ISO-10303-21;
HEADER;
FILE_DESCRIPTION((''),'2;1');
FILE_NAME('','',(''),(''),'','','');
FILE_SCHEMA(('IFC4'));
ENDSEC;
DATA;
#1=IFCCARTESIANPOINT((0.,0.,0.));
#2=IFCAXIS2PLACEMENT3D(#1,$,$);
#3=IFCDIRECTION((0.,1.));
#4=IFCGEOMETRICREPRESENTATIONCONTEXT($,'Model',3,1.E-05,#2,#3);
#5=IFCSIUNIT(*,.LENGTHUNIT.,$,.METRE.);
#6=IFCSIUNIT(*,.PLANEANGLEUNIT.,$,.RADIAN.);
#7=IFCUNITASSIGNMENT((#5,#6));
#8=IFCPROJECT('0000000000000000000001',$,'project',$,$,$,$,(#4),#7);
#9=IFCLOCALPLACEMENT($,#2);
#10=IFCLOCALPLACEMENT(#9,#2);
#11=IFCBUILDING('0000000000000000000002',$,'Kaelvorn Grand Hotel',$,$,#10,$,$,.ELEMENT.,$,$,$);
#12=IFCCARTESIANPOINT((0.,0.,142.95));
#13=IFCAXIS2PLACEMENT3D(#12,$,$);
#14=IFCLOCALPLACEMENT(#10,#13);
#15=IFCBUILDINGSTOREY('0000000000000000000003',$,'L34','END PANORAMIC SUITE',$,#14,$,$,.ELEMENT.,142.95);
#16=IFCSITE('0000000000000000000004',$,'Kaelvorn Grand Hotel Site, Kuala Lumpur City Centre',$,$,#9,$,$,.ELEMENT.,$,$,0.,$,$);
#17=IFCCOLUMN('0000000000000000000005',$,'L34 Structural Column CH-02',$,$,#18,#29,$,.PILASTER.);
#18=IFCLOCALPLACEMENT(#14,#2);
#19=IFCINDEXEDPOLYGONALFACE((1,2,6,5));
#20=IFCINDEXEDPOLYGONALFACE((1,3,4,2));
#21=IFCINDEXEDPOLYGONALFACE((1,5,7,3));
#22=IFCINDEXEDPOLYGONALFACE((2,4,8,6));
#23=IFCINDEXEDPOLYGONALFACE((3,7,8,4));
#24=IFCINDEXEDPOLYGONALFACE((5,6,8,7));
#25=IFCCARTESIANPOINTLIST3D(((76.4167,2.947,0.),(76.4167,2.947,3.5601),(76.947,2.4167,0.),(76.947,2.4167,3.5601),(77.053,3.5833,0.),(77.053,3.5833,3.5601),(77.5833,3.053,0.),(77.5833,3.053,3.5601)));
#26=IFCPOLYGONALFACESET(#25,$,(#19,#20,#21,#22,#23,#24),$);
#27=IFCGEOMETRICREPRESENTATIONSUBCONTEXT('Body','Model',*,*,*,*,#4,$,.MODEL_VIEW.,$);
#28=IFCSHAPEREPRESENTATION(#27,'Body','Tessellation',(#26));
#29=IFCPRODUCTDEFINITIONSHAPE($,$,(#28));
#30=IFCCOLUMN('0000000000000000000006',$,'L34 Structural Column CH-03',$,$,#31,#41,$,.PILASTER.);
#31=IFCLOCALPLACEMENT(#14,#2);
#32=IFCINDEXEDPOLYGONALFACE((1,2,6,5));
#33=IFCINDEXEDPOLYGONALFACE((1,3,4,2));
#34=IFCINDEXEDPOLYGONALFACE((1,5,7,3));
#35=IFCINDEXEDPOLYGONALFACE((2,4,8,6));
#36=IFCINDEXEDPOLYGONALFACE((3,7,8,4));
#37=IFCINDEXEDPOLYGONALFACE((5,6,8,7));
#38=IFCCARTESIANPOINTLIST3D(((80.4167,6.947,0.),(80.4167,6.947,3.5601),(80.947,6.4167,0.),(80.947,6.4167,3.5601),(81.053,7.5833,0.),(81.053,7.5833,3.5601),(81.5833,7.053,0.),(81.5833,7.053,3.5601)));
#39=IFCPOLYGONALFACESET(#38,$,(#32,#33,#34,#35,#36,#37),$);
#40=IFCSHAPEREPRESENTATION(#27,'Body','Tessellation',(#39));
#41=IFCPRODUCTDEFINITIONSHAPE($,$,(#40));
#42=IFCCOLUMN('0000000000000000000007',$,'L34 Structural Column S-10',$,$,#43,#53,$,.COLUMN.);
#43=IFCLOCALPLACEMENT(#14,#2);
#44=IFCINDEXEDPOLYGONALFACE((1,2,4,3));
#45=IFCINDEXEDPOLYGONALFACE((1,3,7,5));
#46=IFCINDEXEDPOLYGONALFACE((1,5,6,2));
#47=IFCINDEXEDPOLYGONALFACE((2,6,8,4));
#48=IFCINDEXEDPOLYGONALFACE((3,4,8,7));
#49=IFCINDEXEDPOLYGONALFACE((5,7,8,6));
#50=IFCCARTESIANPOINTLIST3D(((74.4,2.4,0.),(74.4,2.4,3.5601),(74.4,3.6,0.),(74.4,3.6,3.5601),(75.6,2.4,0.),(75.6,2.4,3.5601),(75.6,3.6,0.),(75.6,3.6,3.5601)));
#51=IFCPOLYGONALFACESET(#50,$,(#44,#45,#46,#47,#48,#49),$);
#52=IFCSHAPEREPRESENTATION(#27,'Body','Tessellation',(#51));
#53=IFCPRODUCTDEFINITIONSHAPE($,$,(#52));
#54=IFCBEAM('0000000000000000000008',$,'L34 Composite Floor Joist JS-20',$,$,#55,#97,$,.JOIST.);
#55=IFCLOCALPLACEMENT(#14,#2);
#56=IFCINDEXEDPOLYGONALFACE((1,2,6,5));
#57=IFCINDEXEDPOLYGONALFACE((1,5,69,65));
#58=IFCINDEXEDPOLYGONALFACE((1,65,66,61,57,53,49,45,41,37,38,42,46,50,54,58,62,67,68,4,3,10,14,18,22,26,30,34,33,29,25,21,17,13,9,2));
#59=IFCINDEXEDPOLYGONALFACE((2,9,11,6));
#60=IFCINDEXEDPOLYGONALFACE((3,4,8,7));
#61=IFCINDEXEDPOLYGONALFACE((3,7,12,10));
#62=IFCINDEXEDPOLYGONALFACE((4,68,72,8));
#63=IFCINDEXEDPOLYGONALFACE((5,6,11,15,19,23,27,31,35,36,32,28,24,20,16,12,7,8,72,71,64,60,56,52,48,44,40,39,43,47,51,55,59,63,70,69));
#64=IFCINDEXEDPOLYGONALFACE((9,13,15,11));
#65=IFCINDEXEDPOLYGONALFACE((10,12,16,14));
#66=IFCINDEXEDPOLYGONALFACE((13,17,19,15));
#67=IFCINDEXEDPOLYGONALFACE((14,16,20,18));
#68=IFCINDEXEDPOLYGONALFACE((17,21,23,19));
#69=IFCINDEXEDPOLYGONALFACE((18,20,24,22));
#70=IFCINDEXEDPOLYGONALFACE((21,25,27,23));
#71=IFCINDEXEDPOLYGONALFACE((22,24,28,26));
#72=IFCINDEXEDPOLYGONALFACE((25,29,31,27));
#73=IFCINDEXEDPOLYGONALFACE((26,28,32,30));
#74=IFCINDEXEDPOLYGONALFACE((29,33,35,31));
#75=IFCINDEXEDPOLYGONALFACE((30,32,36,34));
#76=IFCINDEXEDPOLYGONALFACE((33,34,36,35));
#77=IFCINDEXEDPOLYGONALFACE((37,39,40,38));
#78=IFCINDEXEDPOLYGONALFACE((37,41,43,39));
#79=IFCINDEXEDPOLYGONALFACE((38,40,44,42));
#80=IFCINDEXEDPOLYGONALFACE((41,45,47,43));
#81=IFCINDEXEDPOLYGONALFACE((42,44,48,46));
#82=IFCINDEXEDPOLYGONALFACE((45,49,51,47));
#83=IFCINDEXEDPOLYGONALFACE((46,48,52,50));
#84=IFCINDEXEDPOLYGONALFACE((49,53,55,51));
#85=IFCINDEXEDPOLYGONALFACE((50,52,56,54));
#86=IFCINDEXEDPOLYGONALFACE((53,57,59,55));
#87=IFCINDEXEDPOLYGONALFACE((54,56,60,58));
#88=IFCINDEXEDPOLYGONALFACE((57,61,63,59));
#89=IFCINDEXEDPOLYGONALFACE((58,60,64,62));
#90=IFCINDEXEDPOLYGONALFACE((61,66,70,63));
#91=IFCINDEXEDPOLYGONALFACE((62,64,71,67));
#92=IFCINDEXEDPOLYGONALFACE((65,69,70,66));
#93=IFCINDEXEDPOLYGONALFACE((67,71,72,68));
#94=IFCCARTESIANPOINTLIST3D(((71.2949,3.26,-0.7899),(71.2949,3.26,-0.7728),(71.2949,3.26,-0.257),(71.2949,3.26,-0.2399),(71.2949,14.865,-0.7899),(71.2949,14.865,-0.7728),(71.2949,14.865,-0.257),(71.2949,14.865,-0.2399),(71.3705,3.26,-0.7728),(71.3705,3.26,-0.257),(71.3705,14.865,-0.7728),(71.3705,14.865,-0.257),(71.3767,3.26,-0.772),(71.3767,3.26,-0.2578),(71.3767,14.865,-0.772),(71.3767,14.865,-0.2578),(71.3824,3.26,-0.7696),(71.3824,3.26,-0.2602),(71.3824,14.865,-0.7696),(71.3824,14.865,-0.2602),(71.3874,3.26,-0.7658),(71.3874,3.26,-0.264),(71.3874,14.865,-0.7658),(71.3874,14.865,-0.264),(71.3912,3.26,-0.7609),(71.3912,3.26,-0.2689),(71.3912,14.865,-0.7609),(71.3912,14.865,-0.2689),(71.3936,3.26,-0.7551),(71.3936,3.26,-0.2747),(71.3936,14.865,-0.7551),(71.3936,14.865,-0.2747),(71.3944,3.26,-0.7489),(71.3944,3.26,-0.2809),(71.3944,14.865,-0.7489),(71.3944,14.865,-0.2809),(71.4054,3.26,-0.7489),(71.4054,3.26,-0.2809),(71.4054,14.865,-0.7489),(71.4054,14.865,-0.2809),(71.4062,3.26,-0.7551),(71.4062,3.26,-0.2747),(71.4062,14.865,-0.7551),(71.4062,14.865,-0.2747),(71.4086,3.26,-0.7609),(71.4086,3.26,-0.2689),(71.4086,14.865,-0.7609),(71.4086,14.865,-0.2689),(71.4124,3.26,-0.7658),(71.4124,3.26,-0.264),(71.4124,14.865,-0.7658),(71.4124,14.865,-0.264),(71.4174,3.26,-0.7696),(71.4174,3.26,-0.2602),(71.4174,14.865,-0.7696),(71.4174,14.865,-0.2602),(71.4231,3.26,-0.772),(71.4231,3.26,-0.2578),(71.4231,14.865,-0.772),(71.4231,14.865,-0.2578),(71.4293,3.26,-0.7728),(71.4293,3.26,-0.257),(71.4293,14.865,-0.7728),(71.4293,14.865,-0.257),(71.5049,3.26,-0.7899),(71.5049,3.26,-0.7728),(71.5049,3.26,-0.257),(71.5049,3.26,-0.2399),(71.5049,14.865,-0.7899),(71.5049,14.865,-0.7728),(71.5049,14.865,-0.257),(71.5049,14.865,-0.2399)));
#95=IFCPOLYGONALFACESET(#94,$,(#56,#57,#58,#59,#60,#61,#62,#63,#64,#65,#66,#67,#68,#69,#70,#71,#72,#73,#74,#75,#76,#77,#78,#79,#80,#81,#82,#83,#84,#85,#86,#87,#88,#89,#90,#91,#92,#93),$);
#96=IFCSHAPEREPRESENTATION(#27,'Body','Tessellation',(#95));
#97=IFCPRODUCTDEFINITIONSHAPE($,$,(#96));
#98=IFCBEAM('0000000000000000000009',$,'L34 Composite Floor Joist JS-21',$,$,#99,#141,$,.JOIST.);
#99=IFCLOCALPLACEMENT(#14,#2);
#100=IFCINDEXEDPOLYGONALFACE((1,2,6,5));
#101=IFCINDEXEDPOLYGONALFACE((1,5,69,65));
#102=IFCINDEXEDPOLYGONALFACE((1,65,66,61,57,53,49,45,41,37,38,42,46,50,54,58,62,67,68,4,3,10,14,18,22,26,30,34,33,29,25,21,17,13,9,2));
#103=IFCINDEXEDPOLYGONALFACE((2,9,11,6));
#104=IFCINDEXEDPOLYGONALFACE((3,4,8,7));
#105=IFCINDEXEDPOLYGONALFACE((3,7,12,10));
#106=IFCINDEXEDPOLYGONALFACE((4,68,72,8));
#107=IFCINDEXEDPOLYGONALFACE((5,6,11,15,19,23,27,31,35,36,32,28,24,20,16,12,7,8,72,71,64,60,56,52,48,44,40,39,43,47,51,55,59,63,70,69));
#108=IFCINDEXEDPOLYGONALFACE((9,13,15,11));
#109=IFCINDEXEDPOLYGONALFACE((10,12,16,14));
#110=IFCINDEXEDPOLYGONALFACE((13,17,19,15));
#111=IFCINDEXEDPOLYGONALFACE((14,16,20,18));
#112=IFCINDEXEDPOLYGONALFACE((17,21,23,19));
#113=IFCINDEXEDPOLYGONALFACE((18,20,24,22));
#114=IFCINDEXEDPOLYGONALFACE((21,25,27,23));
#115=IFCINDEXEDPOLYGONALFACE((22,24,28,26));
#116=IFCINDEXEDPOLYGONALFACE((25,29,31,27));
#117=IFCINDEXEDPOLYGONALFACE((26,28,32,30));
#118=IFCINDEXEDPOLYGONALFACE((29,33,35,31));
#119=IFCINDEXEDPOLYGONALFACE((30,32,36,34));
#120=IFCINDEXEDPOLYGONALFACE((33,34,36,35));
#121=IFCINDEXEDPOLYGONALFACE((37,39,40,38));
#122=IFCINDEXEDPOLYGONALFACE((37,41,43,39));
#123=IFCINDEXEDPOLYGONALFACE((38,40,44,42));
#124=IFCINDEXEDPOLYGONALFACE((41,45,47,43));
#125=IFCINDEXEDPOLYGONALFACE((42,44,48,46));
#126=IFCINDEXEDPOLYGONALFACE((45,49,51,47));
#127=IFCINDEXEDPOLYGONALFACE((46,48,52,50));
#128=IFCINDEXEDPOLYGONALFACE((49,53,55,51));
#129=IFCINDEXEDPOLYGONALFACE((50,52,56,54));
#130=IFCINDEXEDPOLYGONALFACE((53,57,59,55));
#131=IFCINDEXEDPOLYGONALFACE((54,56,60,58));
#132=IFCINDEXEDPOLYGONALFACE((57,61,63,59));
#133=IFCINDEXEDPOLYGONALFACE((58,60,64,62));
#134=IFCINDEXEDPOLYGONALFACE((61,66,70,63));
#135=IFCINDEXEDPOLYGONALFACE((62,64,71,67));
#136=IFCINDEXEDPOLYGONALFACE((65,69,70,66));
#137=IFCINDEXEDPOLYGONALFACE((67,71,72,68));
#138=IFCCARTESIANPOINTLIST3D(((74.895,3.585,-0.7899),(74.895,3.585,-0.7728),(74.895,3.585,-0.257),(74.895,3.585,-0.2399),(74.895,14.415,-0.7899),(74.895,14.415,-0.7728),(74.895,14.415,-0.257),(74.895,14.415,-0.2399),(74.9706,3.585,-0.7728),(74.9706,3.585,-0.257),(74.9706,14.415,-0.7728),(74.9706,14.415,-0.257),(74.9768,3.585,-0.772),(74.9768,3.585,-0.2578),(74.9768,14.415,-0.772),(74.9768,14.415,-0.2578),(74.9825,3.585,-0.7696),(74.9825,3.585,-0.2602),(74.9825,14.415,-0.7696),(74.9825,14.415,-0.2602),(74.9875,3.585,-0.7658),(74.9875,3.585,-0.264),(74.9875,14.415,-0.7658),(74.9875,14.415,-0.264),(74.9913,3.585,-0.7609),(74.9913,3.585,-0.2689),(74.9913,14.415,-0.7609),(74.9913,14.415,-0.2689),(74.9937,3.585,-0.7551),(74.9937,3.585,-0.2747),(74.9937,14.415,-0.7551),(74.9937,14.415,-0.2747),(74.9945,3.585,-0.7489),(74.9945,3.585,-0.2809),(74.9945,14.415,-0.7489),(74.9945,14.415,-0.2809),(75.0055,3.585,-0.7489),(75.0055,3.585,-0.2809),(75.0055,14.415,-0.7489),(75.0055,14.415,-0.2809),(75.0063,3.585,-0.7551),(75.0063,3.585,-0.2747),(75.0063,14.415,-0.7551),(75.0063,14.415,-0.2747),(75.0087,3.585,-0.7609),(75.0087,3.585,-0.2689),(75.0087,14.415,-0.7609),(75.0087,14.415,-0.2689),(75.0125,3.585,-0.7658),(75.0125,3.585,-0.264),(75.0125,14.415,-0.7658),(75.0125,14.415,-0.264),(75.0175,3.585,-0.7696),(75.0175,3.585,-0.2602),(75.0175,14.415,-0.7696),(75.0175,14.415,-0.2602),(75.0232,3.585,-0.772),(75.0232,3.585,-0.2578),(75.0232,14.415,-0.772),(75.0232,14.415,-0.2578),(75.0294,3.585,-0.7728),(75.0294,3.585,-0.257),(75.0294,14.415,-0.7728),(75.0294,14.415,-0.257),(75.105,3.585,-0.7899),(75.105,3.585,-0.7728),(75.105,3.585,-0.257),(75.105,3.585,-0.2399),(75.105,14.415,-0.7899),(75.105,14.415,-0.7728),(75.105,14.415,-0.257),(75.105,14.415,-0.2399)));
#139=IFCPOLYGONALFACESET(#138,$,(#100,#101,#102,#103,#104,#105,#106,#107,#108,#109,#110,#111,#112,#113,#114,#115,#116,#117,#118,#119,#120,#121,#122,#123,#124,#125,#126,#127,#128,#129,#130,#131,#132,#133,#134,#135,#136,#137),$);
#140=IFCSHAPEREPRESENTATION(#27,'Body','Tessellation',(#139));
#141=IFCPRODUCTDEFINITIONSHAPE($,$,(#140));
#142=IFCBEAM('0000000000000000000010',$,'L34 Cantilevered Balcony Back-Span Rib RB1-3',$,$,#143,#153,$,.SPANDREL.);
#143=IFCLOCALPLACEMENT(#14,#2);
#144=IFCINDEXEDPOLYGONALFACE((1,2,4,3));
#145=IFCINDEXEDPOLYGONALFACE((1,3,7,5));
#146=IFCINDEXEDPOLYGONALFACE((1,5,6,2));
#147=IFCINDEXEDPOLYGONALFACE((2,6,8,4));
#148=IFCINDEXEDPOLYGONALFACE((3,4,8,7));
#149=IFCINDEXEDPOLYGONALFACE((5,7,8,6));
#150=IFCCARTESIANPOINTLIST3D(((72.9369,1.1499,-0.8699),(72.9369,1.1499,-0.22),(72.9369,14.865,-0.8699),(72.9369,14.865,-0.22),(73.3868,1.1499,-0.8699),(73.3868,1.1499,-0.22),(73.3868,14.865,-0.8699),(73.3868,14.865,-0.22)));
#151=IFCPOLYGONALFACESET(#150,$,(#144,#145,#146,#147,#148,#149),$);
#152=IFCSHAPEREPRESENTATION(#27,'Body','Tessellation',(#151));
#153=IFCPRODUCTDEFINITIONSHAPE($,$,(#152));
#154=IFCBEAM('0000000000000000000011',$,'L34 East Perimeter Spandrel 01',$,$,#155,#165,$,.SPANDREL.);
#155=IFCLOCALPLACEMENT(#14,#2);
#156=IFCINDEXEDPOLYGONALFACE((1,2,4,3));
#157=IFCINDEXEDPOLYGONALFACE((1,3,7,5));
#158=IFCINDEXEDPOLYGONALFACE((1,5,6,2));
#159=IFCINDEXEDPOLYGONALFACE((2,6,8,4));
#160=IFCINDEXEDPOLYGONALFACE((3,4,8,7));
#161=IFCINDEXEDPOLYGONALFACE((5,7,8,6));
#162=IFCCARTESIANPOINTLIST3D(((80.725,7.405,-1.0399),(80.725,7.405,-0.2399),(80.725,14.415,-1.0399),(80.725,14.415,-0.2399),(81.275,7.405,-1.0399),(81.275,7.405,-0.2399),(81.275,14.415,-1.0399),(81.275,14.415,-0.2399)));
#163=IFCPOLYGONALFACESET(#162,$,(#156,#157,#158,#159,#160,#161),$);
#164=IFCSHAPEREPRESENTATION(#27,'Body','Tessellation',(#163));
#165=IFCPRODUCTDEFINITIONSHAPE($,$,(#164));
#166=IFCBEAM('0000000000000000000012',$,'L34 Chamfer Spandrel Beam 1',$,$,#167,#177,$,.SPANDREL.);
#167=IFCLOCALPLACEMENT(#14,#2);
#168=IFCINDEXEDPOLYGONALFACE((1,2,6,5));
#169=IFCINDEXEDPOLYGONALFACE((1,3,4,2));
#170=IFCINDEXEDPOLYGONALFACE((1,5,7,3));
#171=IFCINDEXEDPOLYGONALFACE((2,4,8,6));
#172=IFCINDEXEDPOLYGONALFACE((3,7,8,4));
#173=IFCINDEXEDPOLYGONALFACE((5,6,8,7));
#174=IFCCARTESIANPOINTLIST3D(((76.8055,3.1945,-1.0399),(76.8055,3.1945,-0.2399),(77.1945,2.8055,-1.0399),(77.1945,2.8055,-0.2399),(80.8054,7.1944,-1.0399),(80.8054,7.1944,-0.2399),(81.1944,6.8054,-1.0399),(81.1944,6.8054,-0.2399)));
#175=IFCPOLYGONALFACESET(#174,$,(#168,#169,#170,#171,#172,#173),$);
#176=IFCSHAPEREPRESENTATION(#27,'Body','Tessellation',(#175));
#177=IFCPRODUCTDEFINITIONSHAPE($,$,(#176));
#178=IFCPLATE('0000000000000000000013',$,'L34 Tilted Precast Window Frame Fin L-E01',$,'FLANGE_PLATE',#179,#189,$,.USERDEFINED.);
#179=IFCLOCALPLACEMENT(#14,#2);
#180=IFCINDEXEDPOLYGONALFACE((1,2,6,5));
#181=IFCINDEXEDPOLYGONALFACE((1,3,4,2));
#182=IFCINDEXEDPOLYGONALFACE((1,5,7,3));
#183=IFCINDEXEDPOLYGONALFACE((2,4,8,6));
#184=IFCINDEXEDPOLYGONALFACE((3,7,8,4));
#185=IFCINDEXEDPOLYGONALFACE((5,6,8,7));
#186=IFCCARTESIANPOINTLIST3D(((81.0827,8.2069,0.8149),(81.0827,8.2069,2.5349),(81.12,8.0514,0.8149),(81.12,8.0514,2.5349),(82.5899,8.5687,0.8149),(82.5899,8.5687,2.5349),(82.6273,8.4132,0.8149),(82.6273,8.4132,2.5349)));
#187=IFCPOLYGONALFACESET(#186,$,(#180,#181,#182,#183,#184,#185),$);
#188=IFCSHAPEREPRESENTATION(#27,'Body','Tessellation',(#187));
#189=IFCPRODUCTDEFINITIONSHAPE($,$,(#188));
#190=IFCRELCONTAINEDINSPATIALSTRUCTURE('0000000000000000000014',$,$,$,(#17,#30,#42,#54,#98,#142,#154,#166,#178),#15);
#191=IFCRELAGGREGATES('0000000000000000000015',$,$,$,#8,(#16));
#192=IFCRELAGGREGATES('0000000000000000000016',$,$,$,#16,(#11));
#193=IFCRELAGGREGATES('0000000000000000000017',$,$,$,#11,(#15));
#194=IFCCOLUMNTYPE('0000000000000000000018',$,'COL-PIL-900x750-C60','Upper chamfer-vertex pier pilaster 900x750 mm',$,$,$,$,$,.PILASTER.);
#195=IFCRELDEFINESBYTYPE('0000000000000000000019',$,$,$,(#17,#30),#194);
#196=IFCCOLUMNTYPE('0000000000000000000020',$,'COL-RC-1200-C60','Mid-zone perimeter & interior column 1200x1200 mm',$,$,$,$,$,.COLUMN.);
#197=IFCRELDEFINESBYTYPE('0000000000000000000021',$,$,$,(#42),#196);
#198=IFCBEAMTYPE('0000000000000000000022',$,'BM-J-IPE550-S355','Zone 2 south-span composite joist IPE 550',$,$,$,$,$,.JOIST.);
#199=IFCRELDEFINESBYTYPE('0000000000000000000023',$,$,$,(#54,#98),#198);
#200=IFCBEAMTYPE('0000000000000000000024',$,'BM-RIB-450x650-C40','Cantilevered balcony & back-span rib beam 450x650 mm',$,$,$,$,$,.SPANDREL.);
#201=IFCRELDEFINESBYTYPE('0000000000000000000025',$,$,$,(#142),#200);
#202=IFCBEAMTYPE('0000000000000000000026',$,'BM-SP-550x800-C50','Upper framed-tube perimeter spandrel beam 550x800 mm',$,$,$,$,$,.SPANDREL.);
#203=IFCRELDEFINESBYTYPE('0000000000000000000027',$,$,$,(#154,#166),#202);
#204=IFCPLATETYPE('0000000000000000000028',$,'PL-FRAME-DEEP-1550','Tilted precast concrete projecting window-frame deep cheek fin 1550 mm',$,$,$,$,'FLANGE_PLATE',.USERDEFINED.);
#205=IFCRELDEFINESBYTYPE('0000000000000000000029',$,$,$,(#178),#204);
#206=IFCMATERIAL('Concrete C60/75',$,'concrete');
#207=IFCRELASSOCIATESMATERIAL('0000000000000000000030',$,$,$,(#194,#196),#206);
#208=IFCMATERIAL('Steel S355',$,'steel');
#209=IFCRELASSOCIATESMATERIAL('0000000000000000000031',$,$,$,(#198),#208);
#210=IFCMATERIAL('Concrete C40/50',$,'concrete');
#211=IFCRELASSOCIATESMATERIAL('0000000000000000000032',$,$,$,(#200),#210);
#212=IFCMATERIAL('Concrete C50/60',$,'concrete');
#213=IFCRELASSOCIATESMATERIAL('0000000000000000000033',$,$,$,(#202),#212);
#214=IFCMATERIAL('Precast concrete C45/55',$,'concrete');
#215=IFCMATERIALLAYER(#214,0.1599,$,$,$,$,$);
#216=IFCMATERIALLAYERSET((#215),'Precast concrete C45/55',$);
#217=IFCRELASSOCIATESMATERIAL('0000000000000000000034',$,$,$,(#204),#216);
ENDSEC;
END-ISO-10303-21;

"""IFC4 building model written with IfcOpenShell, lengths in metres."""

from ifc_helpers import new_model, si_unit, direction, frame, origin, origin_2d, place, context, subcontext, project, spatial, rectangle, i_section, extrude, material, layer, layer_set, material_profile, profile_set, type_object, element, save


model = new_model("IFC4")

# Units and contexts
model_context = context("Model", 3, precision=1e-05, world=origin(), true_north=direction((0.0, 1.0)))
body_context = subcontext(model_context, "Body", "Model", "MODEL_VIEW")
ifc_project = project(units=[si_unit("LENGTHUNIT", "METRE"), si_unit("PLANEANGLEUNIT", "RADIAN")], contexts=[model_context])

# Site, building, storey
site_placement = place(None, origin())
site = spatial("IfcSite", under=ifc_project, at=site_placement, Name="Kaelvorn Grand Hotel Site, Kuala Lumpur City Centre", CompositionType="ELEMENT", RefElevation=0.0)
building_placement = place(site_placement, origin())
building = spatial("IfcBuilding", under=site, at=building_placement, Name="Kaelvorn Grand Hotel", CompositionType="ELEMENT")
storey_placement = place(building_placement, frame((0.0, 0.0, 142.95)))
storey = spatial("IfcBuildingStorey", under=building, at=storey_placement, Name="L34", Description="END PANORAMIC SUITE", CompositionType="ELEMENT", Elevation=142.95)

# Columns
ifc_material_1 = material(Name="Concrete C60/75", Category="concrete")
ifc_material_profile_1 = material_profile(ifc_material_1, rectangle(XDim=0.8999, YDim=0.75, at=origin_2d()), Name="RC PILASTER 900x750")
ifc_profile_set_1 = profile_set([ifc_material_profile_1], Name="Concrete C60/75")
column_type_1 = type_object("IfcColumnType", Name="COL-PIL-900x750-C60", Description="Upper chamfer-vertex pier pilaster 900x750 mm", PredefinedType="PILASTER", material=ifc_profile_set_1)
for number, where, z_axis, x_axis, name in (
    (1, (77.0, 3.0, 0.0), (0.0, 0.0, 1.0), (0.707107, 0.707107, 0.0), "L34 Structural Column CH-02"),
    (2, (81.0, 7.0, 0.0), (0.0, 0.0, 1.0), (0.707107, 0.707107, 0.0), "L34 Structural Column CH-03"),
):
    element("IfcColumn", number, at=place(storey_placement, frame(where, z_axis=z_axis, x_axis=x_axis)), inside=storey, type_object=column_type_1, Name=name, PredefinedType="PILASTER", context=body_context, shape_type="SweptSolid", body=[
        extrude(rectangle(XDim=0.8999, YDim=0.75, at=origin_2d()), origin(), (0.0, 0.0, 1.0), 3.5601),
    ])
ifc_material_profile_2 = material_profile(ifc_material_1, rectangle(XDim=1.2, YDim=1.2, at=origin_2d()), Name="RC COL 1200x1200")
ifc_profile_set_2 = profile_set([ifc_material_profile_2], Name="Concrete C60/75")
column_type_2 = type_object("IfcColumnType", Name="COL-RC-1200-C60", Description="Mid-zone perimeter & interior column 1200x1200 mm", PredefinedType="COLUMN", material=ifc_profile_set_2)
column_placement = place(storey_placement, frame((75.0, 3.0, 0.0), z_axis=(0.0, 0.0, 1.0), x_axis=(1.0, 0.0, 0.0)))
element("IfcColumn", 3, at=column_placement, inside=storey, type_object=column_type_2, Name="L34 Structural Column S-10", PredefinedType="COLUMN", context=body_context, shape_type="SweptSolid", body=[
    extrude(rectangle(XDim=1.2, YDim=1.2, at=origin_2d()), origin(), (0.0, 0.0, 1.0), 3.5601),
])

# Beams
ifc_material_2 = material(Name="Steel S355", Category="steel")
ifc_material_profile_3 = material_profile(ifc_material_2, i_section(OverallWidth=0.21, OverallDepth=0.55, WebThickness=0.011, FlangeThickness=0.0171, FilletRadius=0.0239, at=origin_2d()), Name="IPE 550")
ifc_profile_set_3 = profile_set([ifc_material_profile_3], Name="Steel S355")
beam_type_1 = type_object("IfcBeamType", Name="BM-J-IPE550-S355", Description="Zone 2 south-span composite joist IPE 550", PredefinedType="JOIST", material=ifc_profile_set_3)
beam_1_placement = place(storey_placement, frame((71.3999, 3.26, -0.5149), z_axis=(0.0, 1.0, 0.0), x_axis=(-1.0, 0.0, 0.0)))
element("IfcBeam", 4, at=beam_1_placement, inside=storey, type_object=beam_type_1, Name="L34 Composite Floor Joist JS-20", PredefinedType="JOIST", context=body_context, shape_type="SweptSolid", body=[
    extrude(i_section(OverallWidth=0.21, OverallDepth=0.55, WebThickness=0.011, FlangeThickness=0.0171, FilletRadius=0.0239, at=origin_2d()), origin(), (0.0, 0.0, 1.0), 11.605),
])
beam_2_placement = place(storey_placement, frame((75.0, 3.585, -0.5149), z_axis=(0.0, 1.0, 0.0), x_axis=(-1.0, 0.0, 0.0)))
element("IfcBeam", 5, at=beam_2_placement, inside=storey, type_object=beam_type_1, Name="L34 Composite Floor Joist JS-21", PredefinedType="JOIST", context=body_context, shape_type="SweptSolid", body=[
    extrude(i_section(OverallWidth=0.21, OverallDepth=0.55, WebThickness=0.011, FlangeThickness=0.0171, FilletRadius=0.0239, at=origin_2d()), origin(), (0.0, 0.0, 1.0), 10.8301),
])
ifc_material_3 = material(Name="Concrete C40/50", Category="concrete")
ifc_material_profile_4 = material_profile(ifc_material_3, rectangle(XDim=0.45, YDim=0.6499, at=origin_2d()), Name="RC RIB 450x650")
ifc_profile_set_4 = profile_set([ifc_material_profile_4], Name="Concrete C40/50")
beam_type_2 = type_object("IfcBeamType", Name="BM-RIB-450x650-C40", Description="Cantilevered balcony & back-span rib beam 450x650 mm", PredefinedType="SPANDREL", material=ifc_profile_set_4)
beam_3_placement = place(storey_placement, frame((73.1619, 1.1499, -0.5449), z_axis=(0.0, 1.0, 0.0), x_axis=(-1.0, 0.0, 0.0)))
element("IfcBeam", 6, at=beam_3_placement, inside=storey, type_object=beam_type_2, Name="L34 Cantilevered Balcony Back-Span Rib RB1-3", PredefinedType="SPANDREL", context=body_context, shape_type="SweptSolid", body=[
    extrude(rectangle(XDim=0.45, YDim=0.6499, at=origin_2d()), origin(), (0.0, 0.0, 1.0), 13.7151),
])
ifc_material_4 = material(Name="Concrete C50/60", Category="concrete")
ifc_material_profile_5 = material_profile(ifc_material_4, rectangle(XDim=0.55, YDim=0.8, at=origin_2d()), Name="RC SPANDREL 550x800")
ifc_profile_set_5 = profile_set([ifc_material_profile_5], Name="Concrete C50/60")
beam_type_3 = type_object("IfcBeamType", Name="BM-SP-550x800-C50", Description="Upper framed-tube perimeter spandrel beam 550x800 mm", PredefinedType="SPANDREL", material=ifc_profile_set_5)
beam_4_placement = place(storey_placement, frame((81.0, 7.405, -0.6399), z_axis=(0.0, 1.0, 0.0), x_axis=(-1.0, 0.0, 0.0)))
element("IfcBeam", 7, at=beam_4_placement, inside=storey, type_object=beam_type_3, Name="L34 East Perimeter Spandrel 01", PredefinedType="SPANDREL", context=body_context, shape_type="SweptSolid", body=[
    extrude(rectangle(XDim=0.55, YDim=0.8, at=origin_2d()), origin(), (0.0, 0.0, 1.0), 7.01),
])
beam_5_placement = place(storey_placement, frame((77.0, 3.0, -0.6399), z_axis=(0.707107, 0.707107, 0.0), x_axis=(-0.707107, 0.707107, 0.0)))
element("IfcBeam", 8, at=beam_5_placement, inside=storey, type_object=beam_type_3, Name="L34 Chamfer Spandrel Beam 1", PredefinedType="SPANDREL", context=body_context, shape_type="SweptSolid", body=[
    extrude(rectangle(XDim=0.55, YDim=0.8, at=origin_2d()), origin(), (0.0, 0.0, 1.0), 5.6567),
])

# Plate
ifc_material_5 = material(Name="Precast concrete C45/55", Category="concrete")
ifc_layer_1 = layer(ifc_material_5, 0.1599)
ifc_layer_set_1 = layer_set([ifc_layer_1], Name="Precast concrete C45/55")
plate_type_1 = type_object("IfcPlateType", Name="PL-FRAME-DEEP-1550", Description="Tilted precast concrete projecting window-frame deep cheek fin 1550 mm", ElementType="FLANGE_PLATE", PredefinedType="USERDEFINED", material=ifc_layer_set_1)
plate_1_placement = place(storey_placement, frame((81.855, 8.3101, 0.8149), z_axis=(0.0, 0.0, 1.0), x_axis=(-0.233445, 0.97237, 0.0)))
element("IfcPlate", 9, at=plate_1_placement, inside=storey, type_object=plate_type_1, Name="L34 Tilted Precast Window Frame Fin L-E01", ObjectType="FLANGE_PLATE", PredefinedType="USERDEFINED", context=body_context, shape_type="SweptSolid", body=[
    extrude(rectangle(XDim=0.1599, YDim=1.55, at=origin_2d()), origin(), (0.0, 0.0, 1.0), 1.72),
])

save(model, "model.ifc")
